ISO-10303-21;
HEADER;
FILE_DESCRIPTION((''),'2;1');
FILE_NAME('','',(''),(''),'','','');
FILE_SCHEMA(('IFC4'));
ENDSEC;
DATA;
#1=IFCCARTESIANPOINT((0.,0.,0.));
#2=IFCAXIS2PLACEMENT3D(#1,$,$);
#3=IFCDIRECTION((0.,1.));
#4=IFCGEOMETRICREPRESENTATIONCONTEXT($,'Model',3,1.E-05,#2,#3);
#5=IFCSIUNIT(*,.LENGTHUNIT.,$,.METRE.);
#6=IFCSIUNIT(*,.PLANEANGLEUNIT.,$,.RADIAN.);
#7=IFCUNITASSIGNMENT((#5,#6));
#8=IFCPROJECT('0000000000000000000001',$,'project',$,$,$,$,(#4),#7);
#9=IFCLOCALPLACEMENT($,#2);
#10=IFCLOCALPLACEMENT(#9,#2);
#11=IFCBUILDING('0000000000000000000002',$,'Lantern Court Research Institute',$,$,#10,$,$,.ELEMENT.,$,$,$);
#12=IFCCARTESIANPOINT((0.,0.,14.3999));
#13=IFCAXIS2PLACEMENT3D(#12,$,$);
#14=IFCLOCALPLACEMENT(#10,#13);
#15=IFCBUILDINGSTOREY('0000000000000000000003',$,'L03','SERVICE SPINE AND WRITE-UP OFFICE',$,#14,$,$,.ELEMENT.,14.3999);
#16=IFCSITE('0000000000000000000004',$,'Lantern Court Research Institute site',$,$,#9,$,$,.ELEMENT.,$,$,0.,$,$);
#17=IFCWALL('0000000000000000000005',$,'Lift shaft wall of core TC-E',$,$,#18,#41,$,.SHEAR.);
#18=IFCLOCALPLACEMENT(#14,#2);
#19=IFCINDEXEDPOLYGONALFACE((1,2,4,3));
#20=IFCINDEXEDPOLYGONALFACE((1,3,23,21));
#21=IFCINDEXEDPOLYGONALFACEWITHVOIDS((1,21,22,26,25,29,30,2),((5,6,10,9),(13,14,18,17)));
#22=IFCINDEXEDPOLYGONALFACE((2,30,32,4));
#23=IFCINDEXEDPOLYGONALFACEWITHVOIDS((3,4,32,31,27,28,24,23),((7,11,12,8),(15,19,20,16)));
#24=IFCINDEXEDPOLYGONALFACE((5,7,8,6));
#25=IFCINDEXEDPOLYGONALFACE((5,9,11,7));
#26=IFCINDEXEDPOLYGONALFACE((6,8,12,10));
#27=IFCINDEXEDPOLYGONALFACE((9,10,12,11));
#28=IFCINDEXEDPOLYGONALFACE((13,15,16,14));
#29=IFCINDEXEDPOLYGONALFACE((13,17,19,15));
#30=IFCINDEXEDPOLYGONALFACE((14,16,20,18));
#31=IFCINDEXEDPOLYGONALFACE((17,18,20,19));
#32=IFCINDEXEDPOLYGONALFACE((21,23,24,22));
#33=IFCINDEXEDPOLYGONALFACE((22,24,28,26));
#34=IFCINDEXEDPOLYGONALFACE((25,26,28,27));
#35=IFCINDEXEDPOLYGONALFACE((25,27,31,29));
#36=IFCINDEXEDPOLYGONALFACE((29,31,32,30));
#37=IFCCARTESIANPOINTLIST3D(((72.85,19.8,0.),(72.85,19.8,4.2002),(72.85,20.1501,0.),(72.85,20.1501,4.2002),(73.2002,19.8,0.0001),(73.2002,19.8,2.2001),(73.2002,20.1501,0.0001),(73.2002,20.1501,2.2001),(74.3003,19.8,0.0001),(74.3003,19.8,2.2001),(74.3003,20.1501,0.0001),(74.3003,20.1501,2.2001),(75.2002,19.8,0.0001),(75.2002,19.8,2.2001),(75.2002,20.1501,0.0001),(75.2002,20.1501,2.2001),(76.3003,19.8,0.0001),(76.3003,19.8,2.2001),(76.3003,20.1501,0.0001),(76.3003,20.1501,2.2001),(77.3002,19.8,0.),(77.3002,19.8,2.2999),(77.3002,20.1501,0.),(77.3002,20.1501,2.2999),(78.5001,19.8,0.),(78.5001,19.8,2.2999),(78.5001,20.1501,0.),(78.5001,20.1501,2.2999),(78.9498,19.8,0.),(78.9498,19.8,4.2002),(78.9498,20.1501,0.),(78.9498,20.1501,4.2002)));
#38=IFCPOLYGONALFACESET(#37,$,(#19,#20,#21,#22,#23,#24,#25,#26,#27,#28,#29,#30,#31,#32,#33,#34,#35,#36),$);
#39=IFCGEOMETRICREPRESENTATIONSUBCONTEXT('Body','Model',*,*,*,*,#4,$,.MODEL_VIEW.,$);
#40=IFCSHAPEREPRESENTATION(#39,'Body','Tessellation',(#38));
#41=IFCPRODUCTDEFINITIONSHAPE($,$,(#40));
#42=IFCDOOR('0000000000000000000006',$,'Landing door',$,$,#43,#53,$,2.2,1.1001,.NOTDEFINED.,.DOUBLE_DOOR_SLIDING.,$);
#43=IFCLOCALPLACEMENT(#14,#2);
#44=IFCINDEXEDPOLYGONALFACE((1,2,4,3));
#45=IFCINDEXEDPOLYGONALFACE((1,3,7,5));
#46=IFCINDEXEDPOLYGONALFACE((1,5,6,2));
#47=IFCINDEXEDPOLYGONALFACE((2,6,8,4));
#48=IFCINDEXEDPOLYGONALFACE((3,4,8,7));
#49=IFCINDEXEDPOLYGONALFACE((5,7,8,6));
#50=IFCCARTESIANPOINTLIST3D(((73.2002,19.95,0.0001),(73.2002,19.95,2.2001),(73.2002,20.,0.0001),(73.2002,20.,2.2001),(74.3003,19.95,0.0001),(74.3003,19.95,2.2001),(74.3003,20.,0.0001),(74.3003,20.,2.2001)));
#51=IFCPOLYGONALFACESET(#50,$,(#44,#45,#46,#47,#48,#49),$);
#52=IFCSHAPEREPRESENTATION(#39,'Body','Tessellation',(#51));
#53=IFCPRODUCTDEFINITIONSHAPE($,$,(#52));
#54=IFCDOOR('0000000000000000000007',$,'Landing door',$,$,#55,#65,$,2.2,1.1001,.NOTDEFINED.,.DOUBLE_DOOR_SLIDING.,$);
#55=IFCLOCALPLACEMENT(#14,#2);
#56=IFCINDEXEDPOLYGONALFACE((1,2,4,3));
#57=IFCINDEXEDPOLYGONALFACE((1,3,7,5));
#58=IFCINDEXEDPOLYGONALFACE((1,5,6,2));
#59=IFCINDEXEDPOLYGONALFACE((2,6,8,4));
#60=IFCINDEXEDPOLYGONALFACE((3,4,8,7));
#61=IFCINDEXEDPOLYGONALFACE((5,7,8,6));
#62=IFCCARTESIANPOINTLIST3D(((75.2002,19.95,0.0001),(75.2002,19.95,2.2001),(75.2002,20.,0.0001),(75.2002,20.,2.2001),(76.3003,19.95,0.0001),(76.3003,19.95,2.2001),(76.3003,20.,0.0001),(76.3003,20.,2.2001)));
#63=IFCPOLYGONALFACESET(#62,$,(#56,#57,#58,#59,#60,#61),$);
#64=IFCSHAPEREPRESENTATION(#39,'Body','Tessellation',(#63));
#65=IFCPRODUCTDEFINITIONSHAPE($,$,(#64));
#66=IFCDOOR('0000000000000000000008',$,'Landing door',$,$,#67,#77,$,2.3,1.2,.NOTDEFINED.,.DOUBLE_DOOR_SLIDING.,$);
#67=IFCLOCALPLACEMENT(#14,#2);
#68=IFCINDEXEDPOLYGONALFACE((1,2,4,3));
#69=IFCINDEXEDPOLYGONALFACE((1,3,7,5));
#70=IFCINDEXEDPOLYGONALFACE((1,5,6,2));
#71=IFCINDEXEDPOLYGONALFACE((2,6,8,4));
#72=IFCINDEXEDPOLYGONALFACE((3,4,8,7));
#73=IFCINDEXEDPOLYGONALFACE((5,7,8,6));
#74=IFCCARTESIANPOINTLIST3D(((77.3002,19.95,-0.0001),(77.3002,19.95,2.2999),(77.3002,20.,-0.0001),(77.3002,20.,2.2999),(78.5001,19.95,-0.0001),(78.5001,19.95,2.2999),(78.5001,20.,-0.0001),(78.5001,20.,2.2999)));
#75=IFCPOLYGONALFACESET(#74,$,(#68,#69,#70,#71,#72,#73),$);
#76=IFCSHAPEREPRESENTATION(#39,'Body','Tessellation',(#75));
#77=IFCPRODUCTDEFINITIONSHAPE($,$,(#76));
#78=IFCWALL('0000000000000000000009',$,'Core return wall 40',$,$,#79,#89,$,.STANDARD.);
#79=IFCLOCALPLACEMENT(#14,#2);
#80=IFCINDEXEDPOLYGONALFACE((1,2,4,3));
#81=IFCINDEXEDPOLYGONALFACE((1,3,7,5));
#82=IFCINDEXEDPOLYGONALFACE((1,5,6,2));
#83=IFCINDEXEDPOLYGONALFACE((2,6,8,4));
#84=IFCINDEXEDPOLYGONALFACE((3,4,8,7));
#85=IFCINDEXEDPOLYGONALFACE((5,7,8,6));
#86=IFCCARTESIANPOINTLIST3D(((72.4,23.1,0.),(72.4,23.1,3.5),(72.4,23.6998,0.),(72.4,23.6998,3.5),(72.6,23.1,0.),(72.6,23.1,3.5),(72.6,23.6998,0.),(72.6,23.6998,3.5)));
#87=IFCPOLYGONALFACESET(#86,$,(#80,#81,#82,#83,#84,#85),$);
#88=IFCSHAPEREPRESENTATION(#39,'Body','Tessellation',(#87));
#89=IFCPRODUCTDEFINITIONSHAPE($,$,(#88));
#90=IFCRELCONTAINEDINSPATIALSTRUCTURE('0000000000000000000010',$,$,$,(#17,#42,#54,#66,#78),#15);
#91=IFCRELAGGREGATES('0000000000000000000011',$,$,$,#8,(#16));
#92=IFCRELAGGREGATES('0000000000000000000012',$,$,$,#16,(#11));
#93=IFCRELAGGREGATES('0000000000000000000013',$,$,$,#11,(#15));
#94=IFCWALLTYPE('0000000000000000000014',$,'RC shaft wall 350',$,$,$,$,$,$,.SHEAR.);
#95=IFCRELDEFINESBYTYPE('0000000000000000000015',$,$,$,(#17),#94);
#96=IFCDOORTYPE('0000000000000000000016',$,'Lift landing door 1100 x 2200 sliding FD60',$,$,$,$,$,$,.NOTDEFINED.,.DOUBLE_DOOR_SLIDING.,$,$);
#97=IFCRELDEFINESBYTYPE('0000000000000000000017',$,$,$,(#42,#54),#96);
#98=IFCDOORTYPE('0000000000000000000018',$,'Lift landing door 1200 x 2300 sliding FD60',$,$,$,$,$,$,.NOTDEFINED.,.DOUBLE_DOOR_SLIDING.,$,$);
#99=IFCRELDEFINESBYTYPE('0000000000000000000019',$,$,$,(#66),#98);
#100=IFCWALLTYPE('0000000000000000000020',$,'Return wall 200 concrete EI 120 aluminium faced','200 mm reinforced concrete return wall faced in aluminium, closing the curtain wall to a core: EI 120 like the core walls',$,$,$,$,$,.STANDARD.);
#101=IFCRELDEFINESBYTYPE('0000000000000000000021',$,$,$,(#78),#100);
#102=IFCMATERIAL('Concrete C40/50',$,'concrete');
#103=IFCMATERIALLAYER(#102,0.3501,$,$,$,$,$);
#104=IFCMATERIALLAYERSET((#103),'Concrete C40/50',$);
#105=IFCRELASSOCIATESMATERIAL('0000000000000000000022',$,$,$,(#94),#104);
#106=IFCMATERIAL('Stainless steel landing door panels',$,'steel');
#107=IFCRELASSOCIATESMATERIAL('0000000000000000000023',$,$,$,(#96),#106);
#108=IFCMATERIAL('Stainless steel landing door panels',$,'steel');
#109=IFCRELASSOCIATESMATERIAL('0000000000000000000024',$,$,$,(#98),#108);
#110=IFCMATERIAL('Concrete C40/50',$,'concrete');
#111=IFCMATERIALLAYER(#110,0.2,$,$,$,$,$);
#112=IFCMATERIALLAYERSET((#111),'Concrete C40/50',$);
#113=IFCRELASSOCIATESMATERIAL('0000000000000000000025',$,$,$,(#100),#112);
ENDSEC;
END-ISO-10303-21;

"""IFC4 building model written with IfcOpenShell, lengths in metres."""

from ifc_helpers import new_model, si_unit, direction, frame, frame_2d, origin, place, context, subcontext, project, spatial, rectangle, extrude, material, layer, layer_set, type_object, element, fill, save


model = new_model("IFC4")

# Units and contexts
model_context = context("Model", 3, precision=1e-05, world=origin(), true_north=direction((0.0, 1.0)))
body_context = subcontext(model_context, "Body", "Model", "MODEL_VIEW")
ifc_project = project(units=[si_unit("LENGTHUNIT", "METRE"), si_unit("PLANEANGLEUNIT", "RADIAN")], contexts=[model_context])

# Site, building, storey
site_placement = place(None, origin())
site = spatial("IfcSite", under=ifc_project, at=site_placement, Name="Lantern Court Research Institute site", CompositionType="ELEMENT", RefElevation=0.0)
building_placement = place(site_placement, origin())
building = spatial("IfcBuilding", under=site, at=building_placement, Name="Lantern Court Research Institute", CompositionType="ELEMENT")
storey_placement = place(building_placement, frame((0.0, 0.0, 14.3999)))
storey = spatial("IfcBuildingStorey", under=building, at=storey_placement, Name="L03", Description="SERVICE SPINE AND WRITE-UP OFFICE", CompositionType="ELEMENT", Elevation=14.3999)

# Wall, openings, doors
ifc_material_1 = material(Name="Concrete C40/50", Category="concrete")
ifc_layer_1 = layer(ifc_material_1, 0.3501)
ifc_layer_set_1 = layer_set([ifc_layer_1], Name="Concrete C40/50")
wall_type_1 = type_object("IfcWallType", Name="RC shaft wall 350", PredefinedType="SHEAR", material=ifc_layer_set_1)
wall_1_placement = place(storey_placement, frame((72.8501, 19.9751, 0.0), z_axis=(0.0, 0.0, 1.0), x_axis=(1.0, 0.0, 0.0)))
wall_1 = element("IfcWall", 1, at=wall_1_placement, inside=storey, type_object=wall_type_1, Name="Lift shaft wall of core TC-E", PredefinedType="SHEAR", context=body_context, shape_type="SweptSolid", body=[
    extrude(rectangle(XDim=6.0999, YDim=0.3501, at=frame_2d((3.0498, 0.0))), origin(), (0.0, 0.0, 1.0), 4.2002),
])
opening_1_placement = place(wall_1_placement, frame((0.3501, 0.0, 0.0)))
opening_1 = element("IfcOpeningElement", 2, at=opening_1_placement, cuts=wall_1, PredefinedType="OPENING", context=body_context, shape_type="SweptSolid", body=[
    extrude(rectangle(XDim=1.1001, YDim=2.2, at=frame_2d((0.55, 1.1001))), frame((0.0, 0.1851, 0.0), z_axis=(0.0, -1.0, 0.0), x_axis=(1.0, 0.0, 0.0)), (0.0, 0.0, 1.0), 0.3701),
])
opening_2_placement = place(wall_1_placement, frame((2.3501, 0.0, 0.0)))
opening_2 = element("IfcOpeningElement", 3, at=opening_2_placement, cuts=wall_1, PredefinedType="OPENING", context=body_context, shape_type="SweptSolid", body=[
    extrude(rectangle(XDim=1.1001, YDim=2.2, at=frame_2d((0.55, 1.1001))), frame((0.0, 0.1851, 0.0), z_axis=(0.0, -1.0, 0.0), x_axis=(1.0, 0.0, 0.0)), (0.0, 0.0, 1.0), 0.3701),
])
opening_3_placement = place(wall_1_placement, frame((4.45, 0.0, 0.0)))
opening_3 = element("IfcOpeningElement", 4, at=opening_3_placement, cuts=wall_1, PredefinedType="OPENING", context=body_context, shape_type="SweptSolid", body=[
    extrude(rectangle(XDim=1.2, YDim=2.3, at=frame_2d((0.6001, 1.1499))), frame((0.0, 0.1851, 0.0), z_axis=(0.0, -1.0, 0.0), x_axis=(1.0, 0.0, 0.0)), (0.0, 0.0, 1.0), 0.3701),
])
ifc_material_2 = material(Name="Stainless steel landing door panels", Category="steel")
door_type_1 = type_object("IfcDoorType", Name="Lift landing door 1100 x 2200 sliding FD60", OperationType="DOUBLE_DOOR_SLIDING", PredefinedType="NOTDEFINED", material=ifc_material_2)
door_1_placement = place(opening_1_placement, origin())
door_1 = element("IfcDoor", 5, at=door_1_placement, inside=storey, type_object=door_type_1, Name="Landing door", OperationType="DOUBLE_DOOR_SLIDING", OverallHeight=2.2, OverallWidth=1.1001, PredefinedType="NOTDEFINED", context=body_context, shape_type="SweptSolid", body=[
    extrude(rectangle(XDim=1.1001, YDim=2.2, at=frame_2d((0.55, 1.1001))), frame((0.0, 0.0249, 0.0), z_axis=(0.0, -1.0, 0.0), x_axis=(1.0, 0.0, 0.0)), (0.0, 0.0, 1.0), 0.05),
])
fill(opening_1, door_1)
door_2_placement = place(opening_2_placement, origin())
door_2 = element("IfcDoor", 6, at=door_2_placement, inside=storey, type_object=door_type_1, Name="Landing door", OperationType="DOUBLE_DOOR_SLIDING", OverallHeight=2.2, OverallWidth=1.1001, PredefinedType="NOTDEFINED", context=body_context, shape_type="SweptSolid", body=[
    extrude(rectangle(XDim=1.1001, YDim=2.2, at=frame_2d((0.55, 1.1001))), frame((0.0, 0.0249, 0.0), z_axis=(0.0, -1.0, 0.0), x_axis=(1.0, 0.0, 0.0)), (0.0, 0.0, 1.0), 0.05),
])
fill(opening_2, door_2)
ifc_material_3 = material(Name="Stainless steel landing door panels", Category="steel")
door_type_2 = type_object("IfcDoorType", Name="Lift landing door 1200 x 2300 sliding FD60", OperationType="DOUBLE_DOOR_SLIDING", PredefinedType="NOTDEFINED", material=ifc_material_3)
door_3_placement = place(opening_3_placement, origin())
door_3 = element("IfcDoor", 7, at=door_3_placement, inside=storey, type_object=door_type_2, Name="Landing door", OperationType="DOUBLE_DOOR_SLIDING", OverallHeight=2.3, OverallWidth=1.2, PredefinedType="NOTDEFINED", context=body_context, shape_type="SweptSolid", body=[
    extrude(rectangle(XDim=1.2, YDim=2.3, at=frame_2d((0.6001, 1.1499))), frame((0.0, 0.0249, 0.0), z_axis=(0.0, -1.0, 0.0), x_axis=(1.0, 0.0, 0.0)), (0.0, 0.0, 1.0), 0.05),
])
fill(opening_3, door_3)

# Wall
ifc_material_4 = material(Name="Concrete C40/50", Category="concrete")
ifc_layer_2 = layer(ifc_material_4, 0.2)
ifc_layer_set_2 = layer_set([ifc_layer_2], Name="Concrete C40/50")
wall_type_2 = type_object("IfcWallType", Name="Return wall 200 concrete EI 120 aluminium faced", Description="200 mm reinforced concrete return wall faced in aluminium, closing the curtain wall to a core: EI 120 like the core walls", PredefinedType="STANDARD", material=ifc_layer_set_2)
wall_2_placement = place(storey_placement, frame((72.5, 23.1001, 0.0), z_axis=(0.0, 0.0, 1.0), x_axis=(0.0, 1.0, 0.0)))
element("IfcWall", 8, at=wall_2_placement, inside=storey, type_object=wall_type_2, Name="Core return wall 40", PredefinedType="STANDARD", context=body_context, shape_type="SweptSolid", body=[
    extrude(rectangle(XDim=0.5999, YDim=0.2, at=frame_2d((0.2998, 0.0))), origin(), (0.0, 0.0, 1.0), 3.5),
])

save(model, "model.ifc")
